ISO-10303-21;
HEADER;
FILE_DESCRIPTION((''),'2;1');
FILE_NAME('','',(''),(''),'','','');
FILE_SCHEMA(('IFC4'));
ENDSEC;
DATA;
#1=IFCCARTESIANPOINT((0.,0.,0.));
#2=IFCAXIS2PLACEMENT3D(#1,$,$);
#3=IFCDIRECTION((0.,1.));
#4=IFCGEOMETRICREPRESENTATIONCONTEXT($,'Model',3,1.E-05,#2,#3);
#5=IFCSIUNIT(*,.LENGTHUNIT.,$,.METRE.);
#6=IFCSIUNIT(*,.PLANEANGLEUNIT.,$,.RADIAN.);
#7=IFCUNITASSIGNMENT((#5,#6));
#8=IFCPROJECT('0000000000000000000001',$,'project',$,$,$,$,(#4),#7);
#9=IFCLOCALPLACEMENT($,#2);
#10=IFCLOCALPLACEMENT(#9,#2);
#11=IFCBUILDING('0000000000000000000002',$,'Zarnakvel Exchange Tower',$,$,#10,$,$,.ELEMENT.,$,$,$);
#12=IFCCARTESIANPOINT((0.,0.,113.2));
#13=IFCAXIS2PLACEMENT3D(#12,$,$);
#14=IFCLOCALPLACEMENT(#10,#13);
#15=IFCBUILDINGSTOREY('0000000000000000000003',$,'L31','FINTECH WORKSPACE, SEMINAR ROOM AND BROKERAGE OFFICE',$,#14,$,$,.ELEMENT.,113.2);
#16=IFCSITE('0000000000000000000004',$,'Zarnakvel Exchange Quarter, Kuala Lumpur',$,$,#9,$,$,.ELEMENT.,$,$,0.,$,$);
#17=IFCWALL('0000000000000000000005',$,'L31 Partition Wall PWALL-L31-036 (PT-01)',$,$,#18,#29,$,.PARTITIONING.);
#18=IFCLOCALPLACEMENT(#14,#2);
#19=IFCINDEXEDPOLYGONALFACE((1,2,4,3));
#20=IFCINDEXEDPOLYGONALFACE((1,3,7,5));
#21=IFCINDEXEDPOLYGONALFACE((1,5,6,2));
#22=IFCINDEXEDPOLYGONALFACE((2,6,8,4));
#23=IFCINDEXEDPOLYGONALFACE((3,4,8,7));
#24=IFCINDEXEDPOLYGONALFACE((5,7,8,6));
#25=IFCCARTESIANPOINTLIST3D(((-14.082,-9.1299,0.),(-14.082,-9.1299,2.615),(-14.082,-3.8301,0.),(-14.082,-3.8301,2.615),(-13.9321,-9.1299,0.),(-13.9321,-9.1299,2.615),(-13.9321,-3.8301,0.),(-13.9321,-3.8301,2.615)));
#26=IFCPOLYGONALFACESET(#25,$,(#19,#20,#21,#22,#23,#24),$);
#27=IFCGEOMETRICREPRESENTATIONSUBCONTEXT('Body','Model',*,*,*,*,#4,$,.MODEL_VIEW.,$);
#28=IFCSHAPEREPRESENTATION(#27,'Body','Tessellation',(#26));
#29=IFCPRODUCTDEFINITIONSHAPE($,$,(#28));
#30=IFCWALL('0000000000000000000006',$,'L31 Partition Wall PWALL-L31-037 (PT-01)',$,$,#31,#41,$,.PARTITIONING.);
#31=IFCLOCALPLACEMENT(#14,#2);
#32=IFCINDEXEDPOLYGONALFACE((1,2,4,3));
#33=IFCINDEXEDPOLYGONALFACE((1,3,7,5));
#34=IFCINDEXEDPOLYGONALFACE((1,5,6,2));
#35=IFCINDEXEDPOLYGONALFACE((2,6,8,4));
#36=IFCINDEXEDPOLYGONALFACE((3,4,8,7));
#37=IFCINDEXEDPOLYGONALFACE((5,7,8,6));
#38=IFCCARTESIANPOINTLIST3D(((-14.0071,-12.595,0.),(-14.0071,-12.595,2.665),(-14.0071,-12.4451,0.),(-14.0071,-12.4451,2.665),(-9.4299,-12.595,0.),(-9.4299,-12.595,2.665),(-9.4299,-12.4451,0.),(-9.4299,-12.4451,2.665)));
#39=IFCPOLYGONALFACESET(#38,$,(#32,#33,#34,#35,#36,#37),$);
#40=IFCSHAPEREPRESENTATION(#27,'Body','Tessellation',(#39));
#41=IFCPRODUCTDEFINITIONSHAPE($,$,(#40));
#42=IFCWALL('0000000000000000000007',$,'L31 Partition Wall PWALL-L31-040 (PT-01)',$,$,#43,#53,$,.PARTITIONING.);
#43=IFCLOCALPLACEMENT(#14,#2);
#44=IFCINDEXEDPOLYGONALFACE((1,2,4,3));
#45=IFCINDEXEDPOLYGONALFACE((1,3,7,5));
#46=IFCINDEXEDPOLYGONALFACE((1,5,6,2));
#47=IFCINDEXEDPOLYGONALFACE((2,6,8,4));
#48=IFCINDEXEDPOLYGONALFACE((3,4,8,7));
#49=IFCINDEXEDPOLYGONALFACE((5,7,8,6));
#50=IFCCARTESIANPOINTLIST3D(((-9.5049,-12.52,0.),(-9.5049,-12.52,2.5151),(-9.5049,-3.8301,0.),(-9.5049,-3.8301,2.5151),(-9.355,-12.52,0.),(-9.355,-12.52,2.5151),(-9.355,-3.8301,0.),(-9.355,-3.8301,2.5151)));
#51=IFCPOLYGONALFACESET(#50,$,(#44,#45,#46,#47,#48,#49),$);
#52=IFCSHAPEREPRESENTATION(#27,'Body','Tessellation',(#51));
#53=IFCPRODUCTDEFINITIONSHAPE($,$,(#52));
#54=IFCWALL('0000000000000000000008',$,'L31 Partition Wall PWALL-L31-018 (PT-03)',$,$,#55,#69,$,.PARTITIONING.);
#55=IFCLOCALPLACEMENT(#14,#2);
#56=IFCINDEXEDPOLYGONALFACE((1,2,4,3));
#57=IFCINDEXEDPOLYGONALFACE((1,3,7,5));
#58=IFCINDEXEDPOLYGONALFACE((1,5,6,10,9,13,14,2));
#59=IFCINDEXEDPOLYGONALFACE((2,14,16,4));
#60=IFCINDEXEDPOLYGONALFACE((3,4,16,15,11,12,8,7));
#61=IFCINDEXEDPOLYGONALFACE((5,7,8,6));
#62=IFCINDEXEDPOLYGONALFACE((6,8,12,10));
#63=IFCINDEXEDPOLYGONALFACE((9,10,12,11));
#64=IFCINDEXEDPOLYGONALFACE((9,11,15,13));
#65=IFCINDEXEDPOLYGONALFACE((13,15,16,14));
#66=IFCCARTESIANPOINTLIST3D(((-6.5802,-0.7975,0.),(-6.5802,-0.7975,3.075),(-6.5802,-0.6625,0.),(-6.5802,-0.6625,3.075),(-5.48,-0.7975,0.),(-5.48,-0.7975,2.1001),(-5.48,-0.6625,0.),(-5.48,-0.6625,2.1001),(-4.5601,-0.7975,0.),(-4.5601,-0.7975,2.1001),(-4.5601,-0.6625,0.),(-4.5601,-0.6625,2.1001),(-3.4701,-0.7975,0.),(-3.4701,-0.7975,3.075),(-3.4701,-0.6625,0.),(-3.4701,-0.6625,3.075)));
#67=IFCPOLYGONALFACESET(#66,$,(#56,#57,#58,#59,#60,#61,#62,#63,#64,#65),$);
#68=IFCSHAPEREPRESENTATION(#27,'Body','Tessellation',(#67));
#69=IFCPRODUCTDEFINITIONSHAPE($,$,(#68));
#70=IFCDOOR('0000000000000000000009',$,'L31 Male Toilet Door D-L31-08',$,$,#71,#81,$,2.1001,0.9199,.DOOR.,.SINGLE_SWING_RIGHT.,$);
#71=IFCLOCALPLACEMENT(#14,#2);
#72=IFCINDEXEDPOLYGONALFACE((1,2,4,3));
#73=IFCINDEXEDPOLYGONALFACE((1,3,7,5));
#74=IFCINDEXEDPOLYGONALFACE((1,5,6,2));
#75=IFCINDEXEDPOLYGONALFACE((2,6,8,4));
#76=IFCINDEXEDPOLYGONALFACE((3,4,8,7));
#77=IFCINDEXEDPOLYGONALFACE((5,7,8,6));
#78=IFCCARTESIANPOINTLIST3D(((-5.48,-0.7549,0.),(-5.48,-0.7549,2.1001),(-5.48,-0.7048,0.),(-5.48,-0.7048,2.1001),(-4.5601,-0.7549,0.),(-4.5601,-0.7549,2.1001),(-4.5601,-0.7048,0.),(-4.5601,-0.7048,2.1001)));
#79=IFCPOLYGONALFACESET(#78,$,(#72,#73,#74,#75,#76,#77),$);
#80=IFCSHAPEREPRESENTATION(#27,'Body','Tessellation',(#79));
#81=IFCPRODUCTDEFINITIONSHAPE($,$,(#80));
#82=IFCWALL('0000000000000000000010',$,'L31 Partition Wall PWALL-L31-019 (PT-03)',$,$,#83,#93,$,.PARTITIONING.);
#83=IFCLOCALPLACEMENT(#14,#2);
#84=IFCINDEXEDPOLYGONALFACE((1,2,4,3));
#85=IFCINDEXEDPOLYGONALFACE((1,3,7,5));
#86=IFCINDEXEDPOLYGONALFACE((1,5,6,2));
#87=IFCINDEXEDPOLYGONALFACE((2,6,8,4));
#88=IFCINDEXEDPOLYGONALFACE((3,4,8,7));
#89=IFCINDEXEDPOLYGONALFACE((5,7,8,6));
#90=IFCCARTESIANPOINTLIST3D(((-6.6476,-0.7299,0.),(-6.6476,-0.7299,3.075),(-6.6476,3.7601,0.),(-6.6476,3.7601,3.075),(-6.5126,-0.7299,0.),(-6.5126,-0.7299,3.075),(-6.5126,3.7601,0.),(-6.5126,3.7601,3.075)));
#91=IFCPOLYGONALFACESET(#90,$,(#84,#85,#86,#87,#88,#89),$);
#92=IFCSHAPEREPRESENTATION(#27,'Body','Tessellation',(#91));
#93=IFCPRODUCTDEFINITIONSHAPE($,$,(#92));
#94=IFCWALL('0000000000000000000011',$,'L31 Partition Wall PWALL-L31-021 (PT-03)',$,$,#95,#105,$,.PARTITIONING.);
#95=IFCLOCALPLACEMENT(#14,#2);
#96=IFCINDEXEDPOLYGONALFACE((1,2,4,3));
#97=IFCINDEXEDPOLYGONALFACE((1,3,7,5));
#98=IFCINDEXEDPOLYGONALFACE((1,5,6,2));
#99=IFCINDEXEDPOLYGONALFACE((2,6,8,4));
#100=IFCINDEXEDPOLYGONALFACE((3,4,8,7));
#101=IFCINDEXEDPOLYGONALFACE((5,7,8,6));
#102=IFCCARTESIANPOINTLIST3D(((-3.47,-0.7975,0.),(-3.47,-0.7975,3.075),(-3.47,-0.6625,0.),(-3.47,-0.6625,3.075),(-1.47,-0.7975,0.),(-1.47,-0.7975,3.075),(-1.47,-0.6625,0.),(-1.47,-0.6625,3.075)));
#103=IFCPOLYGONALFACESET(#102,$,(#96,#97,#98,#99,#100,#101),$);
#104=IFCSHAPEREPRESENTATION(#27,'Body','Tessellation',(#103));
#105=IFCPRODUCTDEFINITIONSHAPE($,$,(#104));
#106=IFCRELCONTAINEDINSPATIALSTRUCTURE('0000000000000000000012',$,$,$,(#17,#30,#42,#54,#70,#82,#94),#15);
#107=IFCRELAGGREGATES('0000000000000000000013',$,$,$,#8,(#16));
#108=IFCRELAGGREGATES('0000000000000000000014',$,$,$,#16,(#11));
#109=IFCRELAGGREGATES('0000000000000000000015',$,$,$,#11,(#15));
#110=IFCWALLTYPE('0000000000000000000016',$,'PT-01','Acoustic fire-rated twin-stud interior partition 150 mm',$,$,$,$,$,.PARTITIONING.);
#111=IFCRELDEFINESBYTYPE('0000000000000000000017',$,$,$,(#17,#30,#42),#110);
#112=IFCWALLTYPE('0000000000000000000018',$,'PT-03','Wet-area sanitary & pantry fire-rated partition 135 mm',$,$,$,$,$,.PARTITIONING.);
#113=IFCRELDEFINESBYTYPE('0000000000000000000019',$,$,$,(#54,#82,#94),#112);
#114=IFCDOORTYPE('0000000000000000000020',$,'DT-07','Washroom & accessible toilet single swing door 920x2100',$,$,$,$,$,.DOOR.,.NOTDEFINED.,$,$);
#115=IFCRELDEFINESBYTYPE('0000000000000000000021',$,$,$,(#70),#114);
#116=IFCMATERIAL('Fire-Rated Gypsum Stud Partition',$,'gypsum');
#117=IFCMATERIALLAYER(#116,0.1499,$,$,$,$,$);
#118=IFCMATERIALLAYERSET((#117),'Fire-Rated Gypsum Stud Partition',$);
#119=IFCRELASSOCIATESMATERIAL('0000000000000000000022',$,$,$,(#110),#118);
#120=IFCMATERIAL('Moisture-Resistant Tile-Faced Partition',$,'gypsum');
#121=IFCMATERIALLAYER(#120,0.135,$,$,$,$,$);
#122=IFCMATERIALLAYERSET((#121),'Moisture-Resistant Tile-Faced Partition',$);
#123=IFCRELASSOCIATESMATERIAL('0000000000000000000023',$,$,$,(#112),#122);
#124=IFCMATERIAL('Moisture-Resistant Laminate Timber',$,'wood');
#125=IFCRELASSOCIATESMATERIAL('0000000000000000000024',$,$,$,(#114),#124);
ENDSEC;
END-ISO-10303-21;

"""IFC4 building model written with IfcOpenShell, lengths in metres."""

from ifc_helpers import new_model, si_unit, direction, frame, frame_2d, origin, place, context, subcontext, project, spatial, rectangle, extrude, source, transform, mapped, material, layer, layer_set, type_object, element, fill, save


model = new_model("IFC4")

# Units and contexts
model_context = context("Model", 3, precision=1e-05, world=origin(), true_north=direction((0.0, 1.0)))
body_context = subcontext(model_context, "Body", "Model", "MODEL_VIEW")
ifc_project = project(units=[si_unit("LENGTHUNIT", "METRE"), si_unit("PLANEANGLEUNIT", "RADIAN")], contexts=[model_context])

# Site, building, storey
site_placement = place(None, origin())
site = spatial("IfcSite", under=ifc_project, at=site_placement, Name="Zarnakvel Exchange Quarter, Kuala Lumpur", CompositionType="ELEMENT", RefElevation=0.0)
building_placement = place(site_placement, origin())
building = spatial("IfcBuilding", under=site, at=building_placement, Name="Zarnakvel Exchange Tower", CompositionType="ELEMENT")
storey_placement = place(building_placement, frame((0.0, 0.0, 113.2)))
storey = spatial("IfcBuildingStorey", under=building, at=storey_placement, Name="L31", Description="FINTECH WORKSPACE, SEMINAR ROOM AND BROKERAGE OFFICE", CompositionType="ELEMENT", Elevation=113.2)

# Walls
ifc_material_1 = material(Name="Fire-Rated Gypsum Stud Partition", Category="gypsum")
ifc_layer_1 = layer(ifc_material_1, 0.1499)
ifc_layer_set_1 = layer_set([ifc_layer_1], Name="Fire-Rated Gypsum Stud Partition")
wall_type_1 = type_object("IfcWallType", Name="PT-01", Description="Acoustic fire-rated twin-stud interior partition 150 mm", PredefinedType="PARTITIONING", material=ifc_layer_set_1)
wall_1_placement = place(storey_placement, frame((-14.0071, -3.8301, 0.0), z_axis=(0.0, 0.0, 1.0), x_axis=(0.0, -1.0, 0.0)))
element("IfcWall", 1, at=wall_1_placement, inside=storey, type_object=wall_type_1, Name="L31 Partition Wall PWALL-L31-036 (PT-01)", PredefinedType="PARTITIONING", context=body_context, shape_type="SweptSolid", body=[
    extrude(rectangle(XDim=5.2998, YDim=0.1499, at=frame_2d((2.6499, 0.0))), origin(), (0.0, 0.0, 1.0), 2.615),
])
wall_2_placement = place(storey_placement, frame((-9.4299, -12.52, 0.0), z_axis=(0.0, 0.0, 1.0), x_axis=(-1.0, 0.0, 0.0)))
element("IfcWall", 2, at=wall_2_placement, inside=storey, type_object=wall_type_1, Name="L31 Partition Wall PWALL-L31-037 (PT-01)", PredefinedType="PARTITIONING", context=body_context, shape_type="SweptSolid", body=[
    extrude(rectangle(XDim=4.5771, YDim=0.1499, at=frame_2d((2.2886, 0.0))), origin(), (0.0, 0.0, 1.0), 2.665),
])

# Wall
wall_3_placement = place(storey_placement, frame((-9.4299, -3.8301, 0.0), z_axis=(0.0, 0.0, 1.0), x_axis=(0.0, -1.0, 0.0)))
element("IfcWall", 3, at=wall_3_placement, inside=storey, type_object=wall_type_1, Name="L31 Partition Wall PWALL-L31-040 (PT-01)", PredefinedType="PARTITIONING", context=body_context, shape_type="SweptSolid", body=[
    extrude(rectangle(XDim=8.6899, YDim=0.1499, at=frame_2d((4.345, 0.0))), origin(), (0.0, 0.0, 1.0), 2.5151),
])

# Wall, opening, door
ifc_material_2 = material(Name="Moisture-Resistant Tile-Faced Partition", Category="gypsum")
ifc_layer_2 = layer(ifc_material_2, 0.135)
ifc_layer_set_2 = layer_set([ifc_layer_2], Name="Moisture-Resistant Tile-Faced Partition")
wall_type_2 = type_object("IfcWallType", Name="PT-03", Description="Wet-area sanitary & pantry fire-rated partition 135 mm", PredefinedType="PARTITIONING", material=ifc_layer_set_2)
wall_4_placement = place(storey_placement, frame((-3.47, -0.73, 0.0), z_axis=(0.0, 0.0, 1.0), x_axis=(-1.0, 0.0, 0.0)))
wall_4 = element("IfcWall", 4, at=wall_4_placement, inside=storey, type_object=wall_type_2, Name="L31 Partition Wall PWALL-L31-018 (PT-03)", PredefinedType="PARTITIONING", context=body_context, shape_type="SweptSolid", body=[
    extrude(rectangle(XDim=3.1101, YDim=0.135, at=frame_2d((1.5552, 0.0))), origin(), (0.0, 0.0, 1.0), 3.075),
])
opening_1_placement = place(wall_4_placement, frame((1.0901, 0.0, 0.0)))
opening_1 = element("IfcOpeningElement", 5, at=opening_1_placement, cuts=wall_4, PredefinedType="OPENING", context=body_context, shape_type="SweptSolid", body=[
    extrude(rectangle(XDim=0.9199, YDim=2.1001, at=frame_2d((0.46, 1.05))), frame((0.0, 0.0774, 0.0), z_axis=(0.0, -1.0, 0.0), x_axis=(1.0, 0.0, 0.0)), (0.0, 0.0, 1.0), 0.155),
])
ifc_material_3 = material(Name="Moisture-Resistant Laminate Timber", Category="wood")
door_type_1 = type_object("IfcDoorType", Name="DT-07", Description="Washroom & accessible toilet single swing door 920x2100", OperationType="NOTDEFINED", PredefinedType="DOOR", material=ifc_material_3)
shared_shape_1 = source(origin(), body_context, "Body", "SweptSolid", [
    extrude(rectangle(XDim=0.9199, YDim=2.1001, at=frame_2d((0.46, 1.05))), frame((0.0, 0.0249, 0.0), z_axis=(0.0, -1.0, 0.0), x_axis=(1.0, 0.0, 0.0)), (0.0, 0.0, 1.0), 0.05),
])
door_1_placement = place(opening_1_placement, origin())
door_1 = element("IfcDoor", 6, at=door_1_placement, inside=storey, type_object=door_type_1, Name="L31 Male Toilet Door D-L31-08", OperationType="SINGLE_SWING_RIGHT", OverallHeight=2.1001, OverallWidth=0.9199, PredefinedType="DOOR", context=body_context, shape_type="MappedRepresentation", body=[
    mapped(shared_shape_1, transform((0.0, 0.0, 0.0), x_axis=(1.0, 0.0, 0.0), y_axis=(0.0, 1.0, 0.0), z_axis=(0.0, 0.0, 1.0), scale=1.0)),
])
fill(opening_1, door_1)

# Walls
wall_5_placement = place(storey_placement, frame((-6.5801, -0.73, 0.0), z_axis=(0.0, 0.0, 1.0), x_axis=(0.0, 1.0, 0.0)))
element("IfcWall", 7, at=wall_5_placement, inside=storey, type_object=wall_type_2, Name="L31 Partition Wall PWALL-L31-019 (PT-03)", PredefinedType="PARTITIONING", context=body_context, shape_type="SweptSolid", body=[
    extrude(rectangle(XDim=4.49, YDim=0.135, at=frame_2d((2.2451, 0.0))), origin(), (0.0, 0.0, 1.0), 3.075),
])
wall_6_placement = place(storey_placement, frame((-1.47, -0.73, 0.0), z_axis=(0.0, 0.0, 1.0), x_axis=(-1.0, 0.0, 0.0)))
element("IfcWall", 8, at=wall_6_placement, inside=storey, type_object=wall_type_2, Name="L31 Partition Wall PWALL-L31-021 (PT-03)", PredefinedType="PARTITIONING", context=body_context, shape_type="SweptSolid", body=[
    extrude(rectangle(XDim=2.0, YDim=0.135, at=frame_2d((1.0, 0.0))), origin(), (0.0, 0.0, 1.0), 3.075),
])

save(model, "model.ifc")
